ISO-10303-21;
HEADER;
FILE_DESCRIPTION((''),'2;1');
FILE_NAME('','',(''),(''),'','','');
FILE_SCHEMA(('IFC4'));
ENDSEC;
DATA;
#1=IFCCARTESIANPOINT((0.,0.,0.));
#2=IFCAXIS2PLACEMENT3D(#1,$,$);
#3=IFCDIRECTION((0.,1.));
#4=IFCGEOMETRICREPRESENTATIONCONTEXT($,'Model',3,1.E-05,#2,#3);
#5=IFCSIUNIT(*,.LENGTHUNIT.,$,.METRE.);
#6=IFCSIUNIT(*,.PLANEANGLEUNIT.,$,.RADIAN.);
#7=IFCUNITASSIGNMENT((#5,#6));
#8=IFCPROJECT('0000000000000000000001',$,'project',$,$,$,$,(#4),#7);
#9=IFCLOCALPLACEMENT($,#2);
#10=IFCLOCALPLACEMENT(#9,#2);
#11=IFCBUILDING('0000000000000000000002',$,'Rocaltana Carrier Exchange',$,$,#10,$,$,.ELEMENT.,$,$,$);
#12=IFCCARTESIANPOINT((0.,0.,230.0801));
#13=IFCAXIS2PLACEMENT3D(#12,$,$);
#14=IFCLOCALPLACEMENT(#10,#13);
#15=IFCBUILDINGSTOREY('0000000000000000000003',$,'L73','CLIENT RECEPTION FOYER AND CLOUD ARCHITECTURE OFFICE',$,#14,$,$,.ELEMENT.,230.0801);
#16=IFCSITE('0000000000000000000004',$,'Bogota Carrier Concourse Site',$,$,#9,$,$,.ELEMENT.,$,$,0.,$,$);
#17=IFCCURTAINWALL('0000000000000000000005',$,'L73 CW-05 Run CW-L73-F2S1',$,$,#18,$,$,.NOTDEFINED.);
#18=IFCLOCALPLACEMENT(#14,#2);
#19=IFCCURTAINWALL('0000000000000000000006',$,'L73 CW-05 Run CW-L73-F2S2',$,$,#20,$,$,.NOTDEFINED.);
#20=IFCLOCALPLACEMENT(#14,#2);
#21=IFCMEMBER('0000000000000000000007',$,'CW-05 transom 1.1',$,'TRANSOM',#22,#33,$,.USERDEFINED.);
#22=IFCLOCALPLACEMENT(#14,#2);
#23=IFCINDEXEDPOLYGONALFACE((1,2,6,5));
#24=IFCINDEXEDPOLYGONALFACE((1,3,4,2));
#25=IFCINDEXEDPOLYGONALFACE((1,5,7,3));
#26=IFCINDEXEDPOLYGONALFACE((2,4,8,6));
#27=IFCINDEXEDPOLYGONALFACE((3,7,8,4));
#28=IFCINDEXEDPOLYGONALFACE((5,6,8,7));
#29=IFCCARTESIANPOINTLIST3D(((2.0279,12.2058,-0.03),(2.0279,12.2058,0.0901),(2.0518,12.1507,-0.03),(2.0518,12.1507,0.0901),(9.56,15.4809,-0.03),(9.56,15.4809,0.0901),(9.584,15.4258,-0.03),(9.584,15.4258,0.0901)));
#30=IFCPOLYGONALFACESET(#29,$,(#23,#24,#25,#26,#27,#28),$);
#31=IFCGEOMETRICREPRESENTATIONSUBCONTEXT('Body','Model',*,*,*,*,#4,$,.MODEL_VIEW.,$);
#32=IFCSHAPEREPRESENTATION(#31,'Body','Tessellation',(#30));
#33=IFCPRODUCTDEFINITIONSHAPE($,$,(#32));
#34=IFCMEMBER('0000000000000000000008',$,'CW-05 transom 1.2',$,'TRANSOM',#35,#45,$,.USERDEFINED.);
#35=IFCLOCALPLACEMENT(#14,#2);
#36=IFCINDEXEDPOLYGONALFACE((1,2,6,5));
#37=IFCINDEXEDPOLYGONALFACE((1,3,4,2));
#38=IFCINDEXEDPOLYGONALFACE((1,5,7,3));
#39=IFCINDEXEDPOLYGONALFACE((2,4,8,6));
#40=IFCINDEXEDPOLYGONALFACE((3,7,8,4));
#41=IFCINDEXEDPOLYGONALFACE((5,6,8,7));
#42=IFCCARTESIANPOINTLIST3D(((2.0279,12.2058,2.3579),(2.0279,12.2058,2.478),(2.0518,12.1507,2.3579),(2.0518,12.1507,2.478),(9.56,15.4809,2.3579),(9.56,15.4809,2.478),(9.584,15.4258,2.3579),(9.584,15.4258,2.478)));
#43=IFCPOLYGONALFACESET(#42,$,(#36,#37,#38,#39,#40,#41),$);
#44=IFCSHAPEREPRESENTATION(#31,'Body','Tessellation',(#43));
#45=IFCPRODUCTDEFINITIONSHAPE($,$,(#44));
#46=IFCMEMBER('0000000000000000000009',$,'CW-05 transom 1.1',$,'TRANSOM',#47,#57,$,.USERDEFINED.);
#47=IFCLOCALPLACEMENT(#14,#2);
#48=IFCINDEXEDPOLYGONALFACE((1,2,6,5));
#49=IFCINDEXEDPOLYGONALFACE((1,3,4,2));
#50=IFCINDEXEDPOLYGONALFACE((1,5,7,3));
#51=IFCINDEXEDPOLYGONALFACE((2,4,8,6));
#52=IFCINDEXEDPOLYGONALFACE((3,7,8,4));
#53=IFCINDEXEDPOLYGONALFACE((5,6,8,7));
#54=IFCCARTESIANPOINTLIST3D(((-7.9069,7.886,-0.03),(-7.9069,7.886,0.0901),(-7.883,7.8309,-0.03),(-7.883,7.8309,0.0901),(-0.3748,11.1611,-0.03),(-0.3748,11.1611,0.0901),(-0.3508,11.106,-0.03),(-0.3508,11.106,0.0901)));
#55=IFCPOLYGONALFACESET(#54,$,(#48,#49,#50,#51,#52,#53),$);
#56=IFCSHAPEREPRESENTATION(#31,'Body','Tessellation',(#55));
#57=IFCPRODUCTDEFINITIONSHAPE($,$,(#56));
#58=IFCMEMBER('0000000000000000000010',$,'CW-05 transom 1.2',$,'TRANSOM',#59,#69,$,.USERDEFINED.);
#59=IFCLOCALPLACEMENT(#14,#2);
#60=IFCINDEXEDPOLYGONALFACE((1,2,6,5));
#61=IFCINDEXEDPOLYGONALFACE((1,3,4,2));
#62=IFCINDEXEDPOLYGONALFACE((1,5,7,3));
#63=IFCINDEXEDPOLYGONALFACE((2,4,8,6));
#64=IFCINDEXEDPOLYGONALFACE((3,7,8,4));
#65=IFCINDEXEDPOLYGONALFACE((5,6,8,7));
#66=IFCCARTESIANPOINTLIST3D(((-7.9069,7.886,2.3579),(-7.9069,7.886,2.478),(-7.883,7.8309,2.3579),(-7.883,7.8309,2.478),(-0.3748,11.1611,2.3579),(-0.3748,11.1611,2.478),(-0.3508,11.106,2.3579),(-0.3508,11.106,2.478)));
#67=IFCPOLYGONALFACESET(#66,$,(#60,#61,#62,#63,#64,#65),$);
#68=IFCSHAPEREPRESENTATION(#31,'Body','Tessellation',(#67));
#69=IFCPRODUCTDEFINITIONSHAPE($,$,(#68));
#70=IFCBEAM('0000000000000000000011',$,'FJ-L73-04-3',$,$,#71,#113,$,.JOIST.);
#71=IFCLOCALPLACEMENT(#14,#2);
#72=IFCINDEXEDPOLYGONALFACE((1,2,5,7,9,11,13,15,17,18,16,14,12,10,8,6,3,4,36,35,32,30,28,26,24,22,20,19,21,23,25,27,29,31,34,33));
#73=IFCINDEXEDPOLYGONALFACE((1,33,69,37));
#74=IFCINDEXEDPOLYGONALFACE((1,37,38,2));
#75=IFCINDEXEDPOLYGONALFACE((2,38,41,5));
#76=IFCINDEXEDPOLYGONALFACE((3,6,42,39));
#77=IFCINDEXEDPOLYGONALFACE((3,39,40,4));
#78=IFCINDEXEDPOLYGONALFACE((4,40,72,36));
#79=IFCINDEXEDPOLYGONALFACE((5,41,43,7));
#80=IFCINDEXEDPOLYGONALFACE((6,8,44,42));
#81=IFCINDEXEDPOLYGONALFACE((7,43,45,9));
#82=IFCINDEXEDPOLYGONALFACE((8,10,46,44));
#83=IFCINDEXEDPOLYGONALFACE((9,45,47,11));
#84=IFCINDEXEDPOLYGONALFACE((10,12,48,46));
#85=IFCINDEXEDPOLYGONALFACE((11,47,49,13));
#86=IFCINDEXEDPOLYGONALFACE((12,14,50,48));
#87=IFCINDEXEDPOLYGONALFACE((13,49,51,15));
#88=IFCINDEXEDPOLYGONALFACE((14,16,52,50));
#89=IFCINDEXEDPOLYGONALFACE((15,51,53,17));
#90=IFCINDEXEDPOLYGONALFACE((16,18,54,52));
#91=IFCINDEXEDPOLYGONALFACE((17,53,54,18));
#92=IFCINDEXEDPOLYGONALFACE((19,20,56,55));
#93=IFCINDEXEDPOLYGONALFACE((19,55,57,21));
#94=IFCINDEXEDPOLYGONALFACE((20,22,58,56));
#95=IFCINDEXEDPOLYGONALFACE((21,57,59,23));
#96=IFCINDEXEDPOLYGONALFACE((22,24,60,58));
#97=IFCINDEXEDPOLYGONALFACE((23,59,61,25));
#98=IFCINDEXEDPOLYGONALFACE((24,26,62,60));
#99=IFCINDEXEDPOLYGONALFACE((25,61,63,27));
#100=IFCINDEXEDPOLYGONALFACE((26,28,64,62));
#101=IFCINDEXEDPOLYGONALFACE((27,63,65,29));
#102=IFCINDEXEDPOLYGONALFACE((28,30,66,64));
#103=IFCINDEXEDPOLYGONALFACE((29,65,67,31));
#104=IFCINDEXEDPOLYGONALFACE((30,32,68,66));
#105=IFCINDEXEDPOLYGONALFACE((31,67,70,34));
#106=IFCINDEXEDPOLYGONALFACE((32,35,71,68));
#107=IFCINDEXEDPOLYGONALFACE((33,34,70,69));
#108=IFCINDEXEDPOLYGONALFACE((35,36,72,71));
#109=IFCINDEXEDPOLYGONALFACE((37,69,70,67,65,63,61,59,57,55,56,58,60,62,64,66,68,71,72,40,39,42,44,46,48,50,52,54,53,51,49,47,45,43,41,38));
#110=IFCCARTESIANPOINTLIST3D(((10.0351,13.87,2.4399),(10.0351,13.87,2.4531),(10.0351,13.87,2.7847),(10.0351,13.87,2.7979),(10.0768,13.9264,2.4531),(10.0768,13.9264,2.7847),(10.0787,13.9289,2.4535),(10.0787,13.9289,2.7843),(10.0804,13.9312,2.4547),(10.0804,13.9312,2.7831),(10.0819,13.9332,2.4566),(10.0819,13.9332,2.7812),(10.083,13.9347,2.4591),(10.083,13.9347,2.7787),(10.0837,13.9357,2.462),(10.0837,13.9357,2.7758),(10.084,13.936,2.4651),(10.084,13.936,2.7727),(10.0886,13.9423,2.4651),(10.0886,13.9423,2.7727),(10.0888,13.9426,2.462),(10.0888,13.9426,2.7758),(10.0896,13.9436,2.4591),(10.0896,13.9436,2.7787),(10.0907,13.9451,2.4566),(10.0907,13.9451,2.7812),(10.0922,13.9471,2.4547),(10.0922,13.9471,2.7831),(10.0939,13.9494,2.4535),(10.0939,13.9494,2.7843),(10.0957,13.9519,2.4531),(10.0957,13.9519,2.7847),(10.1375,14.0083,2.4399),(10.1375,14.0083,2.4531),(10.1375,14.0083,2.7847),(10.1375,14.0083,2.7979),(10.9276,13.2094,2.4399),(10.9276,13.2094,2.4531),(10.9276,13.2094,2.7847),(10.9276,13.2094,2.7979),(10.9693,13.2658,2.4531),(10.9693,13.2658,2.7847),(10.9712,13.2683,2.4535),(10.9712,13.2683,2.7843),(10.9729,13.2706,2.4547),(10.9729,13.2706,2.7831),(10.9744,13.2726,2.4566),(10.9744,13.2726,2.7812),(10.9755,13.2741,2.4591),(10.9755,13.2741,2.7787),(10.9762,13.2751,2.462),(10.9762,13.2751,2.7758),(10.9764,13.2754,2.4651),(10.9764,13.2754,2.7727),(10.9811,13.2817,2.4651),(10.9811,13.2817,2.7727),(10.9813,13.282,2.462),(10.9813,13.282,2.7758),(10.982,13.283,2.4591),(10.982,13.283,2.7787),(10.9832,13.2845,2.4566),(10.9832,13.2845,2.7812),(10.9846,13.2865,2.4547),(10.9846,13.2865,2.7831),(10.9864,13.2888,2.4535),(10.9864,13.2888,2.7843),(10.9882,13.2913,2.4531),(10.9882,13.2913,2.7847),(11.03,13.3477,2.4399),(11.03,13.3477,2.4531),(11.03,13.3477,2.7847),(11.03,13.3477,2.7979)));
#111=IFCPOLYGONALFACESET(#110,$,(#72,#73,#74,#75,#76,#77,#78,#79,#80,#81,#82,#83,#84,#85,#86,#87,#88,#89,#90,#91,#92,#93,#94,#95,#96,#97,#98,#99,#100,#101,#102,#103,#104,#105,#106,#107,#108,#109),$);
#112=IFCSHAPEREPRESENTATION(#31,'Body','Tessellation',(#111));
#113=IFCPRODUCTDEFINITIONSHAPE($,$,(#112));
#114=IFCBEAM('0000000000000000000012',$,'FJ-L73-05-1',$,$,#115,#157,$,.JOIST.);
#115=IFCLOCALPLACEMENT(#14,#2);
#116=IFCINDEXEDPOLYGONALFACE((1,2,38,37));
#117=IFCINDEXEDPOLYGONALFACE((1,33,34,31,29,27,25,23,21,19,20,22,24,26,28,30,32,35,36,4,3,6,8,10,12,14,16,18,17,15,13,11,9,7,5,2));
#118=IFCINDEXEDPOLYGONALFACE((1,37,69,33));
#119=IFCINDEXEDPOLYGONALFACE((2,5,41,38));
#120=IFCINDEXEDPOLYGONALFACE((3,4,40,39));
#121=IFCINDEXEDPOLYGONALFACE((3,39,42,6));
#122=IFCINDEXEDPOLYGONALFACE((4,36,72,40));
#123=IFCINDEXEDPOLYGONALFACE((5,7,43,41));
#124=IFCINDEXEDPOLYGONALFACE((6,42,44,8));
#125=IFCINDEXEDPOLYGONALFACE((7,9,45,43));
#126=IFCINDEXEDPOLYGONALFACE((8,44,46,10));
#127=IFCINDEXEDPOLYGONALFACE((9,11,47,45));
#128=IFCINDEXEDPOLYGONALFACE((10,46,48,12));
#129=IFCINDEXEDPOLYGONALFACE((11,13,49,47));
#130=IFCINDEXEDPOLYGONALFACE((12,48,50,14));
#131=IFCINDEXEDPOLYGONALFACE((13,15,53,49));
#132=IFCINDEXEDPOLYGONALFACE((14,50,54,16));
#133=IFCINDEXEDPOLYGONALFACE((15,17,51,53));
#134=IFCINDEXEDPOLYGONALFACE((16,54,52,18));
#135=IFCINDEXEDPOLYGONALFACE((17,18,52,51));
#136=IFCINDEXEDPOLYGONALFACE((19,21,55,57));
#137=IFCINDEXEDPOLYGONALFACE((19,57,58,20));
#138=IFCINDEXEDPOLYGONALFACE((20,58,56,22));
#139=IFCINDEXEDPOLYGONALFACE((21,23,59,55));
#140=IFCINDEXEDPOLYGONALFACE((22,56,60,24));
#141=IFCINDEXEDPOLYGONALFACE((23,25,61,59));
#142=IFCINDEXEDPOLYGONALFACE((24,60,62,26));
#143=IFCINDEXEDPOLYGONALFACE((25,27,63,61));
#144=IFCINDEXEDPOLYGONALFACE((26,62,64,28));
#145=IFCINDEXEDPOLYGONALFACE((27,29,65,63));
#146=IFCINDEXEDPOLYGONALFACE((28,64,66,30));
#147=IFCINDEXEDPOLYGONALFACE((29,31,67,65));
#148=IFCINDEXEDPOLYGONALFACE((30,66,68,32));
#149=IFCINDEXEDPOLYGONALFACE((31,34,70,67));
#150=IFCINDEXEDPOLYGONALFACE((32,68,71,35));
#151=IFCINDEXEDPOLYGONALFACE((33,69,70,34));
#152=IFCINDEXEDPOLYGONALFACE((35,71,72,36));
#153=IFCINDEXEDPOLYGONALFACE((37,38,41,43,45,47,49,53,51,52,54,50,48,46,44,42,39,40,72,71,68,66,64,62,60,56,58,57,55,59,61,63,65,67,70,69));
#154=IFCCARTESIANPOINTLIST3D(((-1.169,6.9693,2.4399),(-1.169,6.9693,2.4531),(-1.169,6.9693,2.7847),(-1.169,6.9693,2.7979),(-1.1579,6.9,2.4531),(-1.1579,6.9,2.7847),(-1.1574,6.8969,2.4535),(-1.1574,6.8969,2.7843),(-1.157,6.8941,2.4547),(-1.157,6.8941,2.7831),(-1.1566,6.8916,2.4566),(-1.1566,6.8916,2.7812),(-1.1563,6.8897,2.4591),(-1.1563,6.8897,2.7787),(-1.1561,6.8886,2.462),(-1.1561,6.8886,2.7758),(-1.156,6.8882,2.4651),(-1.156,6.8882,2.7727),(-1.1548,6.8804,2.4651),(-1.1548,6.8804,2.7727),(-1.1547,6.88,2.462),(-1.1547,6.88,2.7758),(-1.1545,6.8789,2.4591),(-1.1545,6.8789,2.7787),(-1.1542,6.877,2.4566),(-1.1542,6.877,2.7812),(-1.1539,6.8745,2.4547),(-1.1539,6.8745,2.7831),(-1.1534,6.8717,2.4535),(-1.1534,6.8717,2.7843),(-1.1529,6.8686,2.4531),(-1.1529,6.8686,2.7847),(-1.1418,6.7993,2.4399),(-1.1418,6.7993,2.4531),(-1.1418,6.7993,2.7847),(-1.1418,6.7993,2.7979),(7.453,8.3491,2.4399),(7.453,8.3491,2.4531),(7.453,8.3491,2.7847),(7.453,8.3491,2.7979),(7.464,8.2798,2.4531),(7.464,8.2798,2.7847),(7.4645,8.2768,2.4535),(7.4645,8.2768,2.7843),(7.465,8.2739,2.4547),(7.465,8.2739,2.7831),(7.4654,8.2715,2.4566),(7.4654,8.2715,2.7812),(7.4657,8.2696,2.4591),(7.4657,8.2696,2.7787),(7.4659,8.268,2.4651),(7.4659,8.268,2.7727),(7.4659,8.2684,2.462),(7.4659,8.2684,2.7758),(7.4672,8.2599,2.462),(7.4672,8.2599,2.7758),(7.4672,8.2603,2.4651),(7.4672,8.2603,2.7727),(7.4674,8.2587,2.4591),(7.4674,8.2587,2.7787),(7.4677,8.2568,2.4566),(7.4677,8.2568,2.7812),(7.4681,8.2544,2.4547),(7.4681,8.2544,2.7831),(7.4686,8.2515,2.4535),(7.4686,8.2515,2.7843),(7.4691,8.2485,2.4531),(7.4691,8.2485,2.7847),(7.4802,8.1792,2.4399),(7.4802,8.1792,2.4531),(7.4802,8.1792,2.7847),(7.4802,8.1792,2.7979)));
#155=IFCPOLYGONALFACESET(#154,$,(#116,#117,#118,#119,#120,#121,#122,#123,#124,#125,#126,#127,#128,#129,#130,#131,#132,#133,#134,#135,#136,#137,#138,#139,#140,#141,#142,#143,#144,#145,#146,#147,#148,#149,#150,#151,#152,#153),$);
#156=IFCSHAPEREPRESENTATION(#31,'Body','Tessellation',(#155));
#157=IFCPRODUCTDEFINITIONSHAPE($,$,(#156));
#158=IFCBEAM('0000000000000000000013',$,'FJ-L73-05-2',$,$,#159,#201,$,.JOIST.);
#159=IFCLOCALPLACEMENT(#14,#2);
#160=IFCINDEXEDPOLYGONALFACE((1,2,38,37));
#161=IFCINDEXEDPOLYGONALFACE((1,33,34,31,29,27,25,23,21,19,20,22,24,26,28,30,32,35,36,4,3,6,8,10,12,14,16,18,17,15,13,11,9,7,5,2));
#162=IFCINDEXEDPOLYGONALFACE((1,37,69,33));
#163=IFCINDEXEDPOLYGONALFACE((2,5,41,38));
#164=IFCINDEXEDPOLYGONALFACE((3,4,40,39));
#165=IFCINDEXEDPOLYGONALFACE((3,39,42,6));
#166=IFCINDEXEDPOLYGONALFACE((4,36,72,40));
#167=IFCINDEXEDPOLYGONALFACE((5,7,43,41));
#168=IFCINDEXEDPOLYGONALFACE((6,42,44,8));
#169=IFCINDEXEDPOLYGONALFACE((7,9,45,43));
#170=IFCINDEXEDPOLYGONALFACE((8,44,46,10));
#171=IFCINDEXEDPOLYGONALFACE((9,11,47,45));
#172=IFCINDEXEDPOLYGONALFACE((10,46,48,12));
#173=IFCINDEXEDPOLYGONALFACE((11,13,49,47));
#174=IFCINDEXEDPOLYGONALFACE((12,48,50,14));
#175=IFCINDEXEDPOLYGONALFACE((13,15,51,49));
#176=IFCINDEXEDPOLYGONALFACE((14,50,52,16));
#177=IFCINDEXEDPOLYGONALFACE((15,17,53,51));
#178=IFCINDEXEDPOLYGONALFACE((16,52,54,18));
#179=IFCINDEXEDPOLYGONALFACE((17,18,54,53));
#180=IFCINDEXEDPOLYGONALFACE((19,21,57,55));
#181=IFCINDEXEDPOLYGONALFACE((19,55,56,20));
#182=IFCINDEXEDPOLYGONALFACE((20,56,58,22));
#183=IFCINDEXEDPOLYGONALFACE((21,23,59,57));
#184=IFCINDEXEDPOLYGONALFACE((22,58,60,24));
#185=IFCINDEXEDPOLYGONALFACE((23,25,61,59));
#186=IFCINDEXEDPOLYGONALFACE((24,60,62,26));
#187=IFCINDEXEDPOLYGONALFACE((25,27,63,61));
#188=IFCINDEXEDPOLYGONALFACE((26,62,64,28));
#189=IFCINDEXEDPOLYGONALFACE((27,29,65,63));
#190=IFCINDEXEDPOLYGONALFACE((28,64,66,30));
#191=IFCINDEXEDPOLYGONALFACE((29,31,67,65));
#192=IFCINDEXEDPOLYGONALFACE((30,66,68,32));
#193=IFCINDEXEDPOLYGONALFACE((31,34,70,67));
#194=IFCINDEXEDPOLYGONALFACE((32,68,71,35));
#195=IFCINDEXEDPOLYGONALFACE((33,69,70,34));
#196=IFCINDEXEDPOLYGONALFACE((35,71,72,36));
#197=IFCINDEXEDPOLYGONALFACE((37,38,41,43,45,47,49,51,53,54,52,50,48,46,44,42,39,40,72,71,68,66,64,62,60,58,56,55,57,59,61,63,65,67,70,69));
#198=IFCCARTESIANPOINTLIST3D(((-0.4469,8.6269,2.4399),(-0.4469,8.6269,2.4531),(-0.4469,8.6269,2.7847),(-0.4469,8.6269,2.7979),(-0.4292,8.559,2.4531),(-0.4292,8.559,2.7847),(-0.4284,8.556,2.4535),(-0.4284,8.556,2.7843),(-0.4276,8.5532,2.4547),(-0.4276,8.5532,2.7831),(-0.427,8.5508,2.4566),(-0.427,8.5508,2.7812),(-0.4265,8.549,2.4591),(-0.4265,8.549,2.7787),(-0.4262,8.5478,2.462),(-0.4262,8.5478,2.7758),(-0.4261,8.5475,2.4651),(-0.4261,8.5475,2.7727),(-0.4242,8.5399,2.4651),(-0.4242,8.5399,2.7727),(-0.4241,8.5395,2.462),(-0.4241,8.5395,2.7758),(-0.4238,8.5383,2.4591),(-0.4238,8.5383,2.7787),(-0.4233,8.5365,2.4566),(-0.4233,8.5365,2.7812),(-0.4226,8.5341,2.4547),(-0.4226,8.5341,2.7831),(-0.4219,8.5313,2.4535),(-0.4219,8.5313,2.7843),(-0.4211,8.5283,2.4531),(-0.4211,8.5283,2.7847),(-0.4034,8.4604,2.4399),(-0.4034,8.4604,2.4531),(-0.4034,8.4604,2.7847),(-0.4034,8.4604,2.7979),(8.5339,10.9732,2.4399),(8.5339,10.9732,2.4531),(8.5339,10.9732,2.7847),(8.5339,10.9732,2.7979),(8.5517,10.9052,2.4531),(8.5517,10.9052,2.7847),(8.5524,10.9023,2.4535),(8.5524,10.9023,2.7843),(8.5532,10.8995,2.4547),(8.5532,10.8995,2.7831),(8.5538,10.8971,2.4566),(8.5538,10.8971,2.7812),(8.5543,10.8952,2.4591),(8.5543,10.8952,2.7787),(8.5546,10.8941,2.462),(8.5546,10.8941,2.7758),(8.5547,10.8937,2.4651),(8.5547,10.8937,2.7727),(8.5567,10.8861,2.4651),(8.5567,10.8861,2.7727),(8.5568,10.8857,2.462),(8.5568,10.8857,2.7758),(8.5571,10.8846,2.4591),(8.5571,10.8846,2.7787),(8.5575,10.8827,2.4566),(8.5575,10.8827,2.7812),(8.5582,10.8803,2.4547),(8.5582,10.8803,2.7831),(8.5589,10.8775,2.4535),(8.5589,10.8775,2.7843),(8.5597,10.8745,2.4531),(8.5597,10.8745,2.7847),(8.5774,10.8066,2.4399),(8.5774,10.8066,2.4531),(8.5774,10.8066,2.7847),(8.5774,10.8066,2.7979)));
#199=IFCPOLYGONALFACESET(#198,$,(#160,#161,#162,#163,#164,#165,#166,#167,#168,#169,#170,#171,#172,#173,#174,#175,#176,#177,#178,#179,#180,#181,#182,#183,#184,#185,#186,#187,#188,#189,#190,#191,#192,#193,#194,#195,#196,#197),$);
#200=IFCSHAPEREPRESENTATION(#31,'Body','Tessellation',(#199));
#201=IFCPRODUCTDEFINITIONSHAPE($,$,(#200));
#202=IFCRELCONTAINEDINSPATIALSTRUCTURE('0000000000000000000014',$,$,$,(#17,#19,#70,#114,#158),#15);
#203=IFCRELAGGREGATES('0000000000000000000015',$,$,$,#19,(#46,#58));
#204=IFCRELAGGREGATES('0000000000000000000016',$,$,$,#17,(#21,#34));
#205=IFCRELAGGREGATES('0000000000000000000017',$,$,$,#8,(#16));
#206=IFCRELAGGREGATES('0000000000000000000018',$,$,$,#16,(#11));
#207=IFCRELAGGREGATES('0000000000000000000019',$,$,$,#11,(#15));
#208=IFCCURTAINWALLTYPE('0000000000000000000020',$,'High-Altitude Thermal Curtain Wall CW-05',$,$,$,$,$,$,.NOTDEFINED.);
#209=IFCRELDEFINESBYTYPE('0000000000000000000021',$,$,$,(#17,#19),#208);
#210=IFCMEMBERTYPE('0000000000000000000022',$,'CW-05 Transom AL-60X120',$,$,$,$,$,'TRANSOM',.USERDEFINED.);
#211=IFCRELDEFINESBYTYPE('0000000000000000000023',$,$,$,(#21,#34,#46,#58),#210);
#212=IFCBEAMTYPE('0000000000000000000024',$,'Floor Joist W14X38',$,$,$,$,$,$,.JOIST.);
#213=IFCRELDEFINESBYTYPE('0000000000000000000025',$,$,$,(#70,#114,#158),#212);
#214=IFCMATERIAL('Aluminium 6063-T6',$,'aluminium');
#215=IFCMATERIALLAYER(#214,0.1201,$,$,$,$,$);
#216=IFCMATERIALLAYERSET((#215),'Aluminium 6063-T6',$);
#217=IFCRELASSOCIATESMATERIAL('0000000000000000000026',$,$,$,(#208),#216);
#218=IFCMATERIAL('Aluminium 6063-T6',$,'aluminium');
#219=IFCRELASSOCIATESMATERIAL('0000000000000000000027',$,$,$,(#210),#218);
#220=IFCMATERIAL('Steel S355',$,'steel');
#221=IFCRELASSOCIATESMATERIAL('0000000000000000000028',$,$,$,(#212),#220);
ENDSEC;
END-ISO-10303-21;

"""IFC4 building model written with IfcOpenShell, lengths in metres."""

from ifc_helpers import new_model, si_unit, direction, frame, origin, origin_2d, place, context, subcontext, project, spatial, rectangle, i_section, extrude, material, layer, layer_set, material_profile, profile_set, type_object, element, aggregate, save


model = new_model("IFC4")

# Units and contexts
model_context = context("Model", 3, precision=1e-05, world=origin(), true_north=direction((0.0, 1.0)))
body_context = subcontext(model_context, "Body", "Model", "MODEL_VIEW")
ifc_project = project(units=[si_unit("LENGTHUNIT", "METRE"), si_unit("PLANEANGLEUNIT", "RADIAN")], contexts=[model_context])

# Site, building, storey
site_placement = place(None, origin())
site = spatial("IfcSite", under=ifc_project, at=site_placement, Name="Bogota Carrier Concourse Site", CompositionType="ELEMENT", RefElevation=0.0)
building_placement = place(site_placement, origin())
building = spatial("IfcBuilding", under=site, at=building_placement, Name="Rocaltana Carrier Exchange", CompositionType="ELEMENT")
storey_placement = place(building_placement, frame((0.0, 0.0, 230.0801)))
storey = spatial("IfcBuildingStorey", under=building, at=storey_placement, Name="L73", Description="CLIENT RECEPTION FOYER AND CLOUD ARCHITECTURE OFFICE", CompositionType="ELEMENT", Elevation=230.0801)

# Shared definitions
ifc_material_1 = material(Name="Aluminium 6063-T6", Category="aluminium")
ifc_layer_1 = layer(ifc_material_1, 0.1201)
ifc_layer_set_1 = layer_set([ifc_layer_1], Name="Aluminium 6063-T6")
curtain_wall_type = type_object("IfcCurtainWallType", Name="High-Altitude Thermal Curtain Wall CW-05", PredefinedType="NOTDEFINED", material=ifc_layer_set_1)

# Curtain wall
curtain_wall_1_placement = place(storey_placement, origin())
curtain_wall_1 = element("IfcCurtainWall", 1, at=curtain_wall_1_placement, inside=storey, type_object=curtain_wall_type, Name="L73 CW-05 Run CW-L73-F2S1", PredefinedType="NOTDEFINED")

# Curtain wall
curtain_wall_2_placement = place(storey_placement, origin())
curtain_wall_2 = element("IfcCurtainWall", 2, at=curtain_wall_2_placement, inside=storey, type_object=curtain_wall_type, Name="L73 CW-05 Run CW-L73-F2S2", PredefinedType="NOTDEFINED")

# Members
ifc_material_2 = material(Name="Aluminium 6063-T6", Category="aluminium")
ifc_material_profile_1 = material_profile(ifc_material_2, rectangle(XDim=0.0601, YDim=0.1201, at=origin_2d()), Name="AL-60X120")
ifc_profile_set_1 = profile_set([ifc_material_profile_1], Name="Aluminium 6063-T6")
member_type_1 = type_object("IfcMemberType", Name="CW-05 Transom AL-60X120", ElementType="TRANSOM", PredefinedType="USERDEFINED", material=ifc_profile_set_1)
member_1_placement = place(storey_placement, frame((9.572, 15.4534, 0.03), z_axis=(-0.917058, -0.398753, 0.0), x_axis=(0.398753, -0.917058, 0.0)))
member_1 = element("IfcMember", 3, at=member_1_placement, type_object=member_type_1, Name="CW-05 transom 1.1", ObjectType="TRANSOM", PredefinedType="USERDEFINED", context=body_context, shape_type="SweptSolid", body=[
    extrude(rectangle(XDim=0.0601, YDim=0.1201, at=origin_2d()), origin(), (0.0, 0.0, 1.0), 8.2134),
])
member_2_placement = place(storey_placement, frame((9.572, 15.4534, 2.418), z_axis=(-0.917058, -0.398753, 0.0), x_axis=(0.398753, -0.917058, 0.0)))
member_2 = element("IfcMember", 4, at=member_2_placement, type_object=member_type_1, Name="CW-05 transom 1.2", ObjectType="TRANSOM", PredefinedType="USERDEFINED", context=body_context, shape_type="SweptSolid", body=[
    extrude(rectangle(XDim=0.0601, YDim=0.1201, at=origin_2d()), origin(), (0.0, 0.0, 1.0), 8.2134),
])
member_3_placement = place(storey_placement, frame((-0.3628, 11.1335, 0.03), z_axis=(-0.917058, -0.398753, 0.0), x_axis=(0.398753, -0.917058, 0.0)))
member_3 = element("IfcMember", 5, at=member_3_placement, type_object=member_type_1, Name="CW-05 transom 1.1", ObjectType="TRANSOM", PredefinedType="USERDEFINED", context=body_context, shape_type="SweptSolid", body=[
    extrude(rectangle(XDim=0.0601, YDim=0.1201, at=origin_2d()), origin(), (0.0, 0.0, 1.0), 8.2134),
])
member_4_placement = place(storey_placement, frame((-0.3628, 11.1335, 2.418), z_axis=(-0.917058, -0.398753, 0.0), x_axis=(0.398753, -0.917058, 0.0)))
member_4 = element("IfcMember", 6, at=member_4_placement, type_object=member_type_1, Name="CW-05 transom 1.2", ObjectType="TRANSOM", PredefinedType="USERDEFINED", context=body_context, shape_type="SweptSolid", body=[
    extrude(rectangle(XDim=0.0601, YDim=0.1201, at=origin_2d()), origin(), (0.0, 0.0, 1.0), 8.2134),
])
aggregate(curtain_wall_2, [member_3, member_4])

# Beams
ifc_material_3 = material(Name="Steel S355", Category="steel")
ifc_material_profile_2 = material_profile(ifc_material_3, i_section(OverallWidth=0.1721, OverallDepth=0.3579, WebThickness=0.0078, FlangeThickness=0.0132, FilletRadius=0.012, at=origin_2d()), Name="W14X38")
ifc_profile_set_2 = profile_set([ifc_material_profile_2], Name="Steel S355")
beam_type_1 = type_object("IfcBeamType", Name="Floor Joist W14X38", PredefinedType="JOIST", material=ifc_profile_set_2)
beam_1_placement = place(storey_placement, frame((10.9788, 13.2786, 2.6189), z_axis=(-0.803783, 0.594923, 0.0), x_axis=(-0.594923, -0.803783, 0.0)))
element("IfcBeam", 7, at=beam_1_placement, inside=storey, type_object=beam_type_1, Name="FJ-L73-04-3", PredefinedType="JOIST", context=body_context, shape_type="SweptSolid", body=[
    extrude(i_section(OverallWidth=0.1721, OverallDepth=0.3579, WebThickness=0.0078, FlangeThickness=0.0132, FilletRadius=0.012, at=origin_2d()), origin(), (0.0, 0.0, 1.0), 1.1104),
])
beam_2_placement = place(storey_placement, frame((7.4666, 8.2642, 2.6189), z_axis=(-0.987434, -0.15803, 0.0), x_axis=(0.15803, -0.987434, 0.0)))
element("IfcBeam", 8, at=beam_2_placement, inside=storey, type_object=beam_type_1, Name="FJ-L73-05-1", PredefinedType="JOIST", context=body_context, shape_type="SweptSolid", body=[
    extrude(i_section(OverallWidth=0.1721, OverallDepth=0.3579, WebThickness=0.0078, FlangeThickness=0.0132, FilletRadius=0.012, at=origin_2d()), origin(), (0.0, 0.0, 1.0), 8.7317),
])
beam_3_placement = place(storey_placement, frame((8.5557, 10.8899, 2.6189), z_axis=(-0.967528, -0.252765, 0.0), x_axis=(0.252765, -0.967528, 0.0)))
element("IfcBeam", 9, at=beam_3_placement, inside=storey, type_object=beam_type_1, Name="FJ-L73-05-2", PredefinedType="JOIST", context=body_context, shape_type="SweptSolid", body=[
    extrude(i_section(OverallWidth=0.1721, OverallDepth=0.3579, WebThickness=0.0078, FlangeThickness=0.0132, FilletRadius=0.012, at=origin_2d()), origin(), (0.0, 0.0, 1.0), 9.2822),
])

aggregate(curtain_wall_1, [member_1, member_2])

save(model, "model.ifc")
